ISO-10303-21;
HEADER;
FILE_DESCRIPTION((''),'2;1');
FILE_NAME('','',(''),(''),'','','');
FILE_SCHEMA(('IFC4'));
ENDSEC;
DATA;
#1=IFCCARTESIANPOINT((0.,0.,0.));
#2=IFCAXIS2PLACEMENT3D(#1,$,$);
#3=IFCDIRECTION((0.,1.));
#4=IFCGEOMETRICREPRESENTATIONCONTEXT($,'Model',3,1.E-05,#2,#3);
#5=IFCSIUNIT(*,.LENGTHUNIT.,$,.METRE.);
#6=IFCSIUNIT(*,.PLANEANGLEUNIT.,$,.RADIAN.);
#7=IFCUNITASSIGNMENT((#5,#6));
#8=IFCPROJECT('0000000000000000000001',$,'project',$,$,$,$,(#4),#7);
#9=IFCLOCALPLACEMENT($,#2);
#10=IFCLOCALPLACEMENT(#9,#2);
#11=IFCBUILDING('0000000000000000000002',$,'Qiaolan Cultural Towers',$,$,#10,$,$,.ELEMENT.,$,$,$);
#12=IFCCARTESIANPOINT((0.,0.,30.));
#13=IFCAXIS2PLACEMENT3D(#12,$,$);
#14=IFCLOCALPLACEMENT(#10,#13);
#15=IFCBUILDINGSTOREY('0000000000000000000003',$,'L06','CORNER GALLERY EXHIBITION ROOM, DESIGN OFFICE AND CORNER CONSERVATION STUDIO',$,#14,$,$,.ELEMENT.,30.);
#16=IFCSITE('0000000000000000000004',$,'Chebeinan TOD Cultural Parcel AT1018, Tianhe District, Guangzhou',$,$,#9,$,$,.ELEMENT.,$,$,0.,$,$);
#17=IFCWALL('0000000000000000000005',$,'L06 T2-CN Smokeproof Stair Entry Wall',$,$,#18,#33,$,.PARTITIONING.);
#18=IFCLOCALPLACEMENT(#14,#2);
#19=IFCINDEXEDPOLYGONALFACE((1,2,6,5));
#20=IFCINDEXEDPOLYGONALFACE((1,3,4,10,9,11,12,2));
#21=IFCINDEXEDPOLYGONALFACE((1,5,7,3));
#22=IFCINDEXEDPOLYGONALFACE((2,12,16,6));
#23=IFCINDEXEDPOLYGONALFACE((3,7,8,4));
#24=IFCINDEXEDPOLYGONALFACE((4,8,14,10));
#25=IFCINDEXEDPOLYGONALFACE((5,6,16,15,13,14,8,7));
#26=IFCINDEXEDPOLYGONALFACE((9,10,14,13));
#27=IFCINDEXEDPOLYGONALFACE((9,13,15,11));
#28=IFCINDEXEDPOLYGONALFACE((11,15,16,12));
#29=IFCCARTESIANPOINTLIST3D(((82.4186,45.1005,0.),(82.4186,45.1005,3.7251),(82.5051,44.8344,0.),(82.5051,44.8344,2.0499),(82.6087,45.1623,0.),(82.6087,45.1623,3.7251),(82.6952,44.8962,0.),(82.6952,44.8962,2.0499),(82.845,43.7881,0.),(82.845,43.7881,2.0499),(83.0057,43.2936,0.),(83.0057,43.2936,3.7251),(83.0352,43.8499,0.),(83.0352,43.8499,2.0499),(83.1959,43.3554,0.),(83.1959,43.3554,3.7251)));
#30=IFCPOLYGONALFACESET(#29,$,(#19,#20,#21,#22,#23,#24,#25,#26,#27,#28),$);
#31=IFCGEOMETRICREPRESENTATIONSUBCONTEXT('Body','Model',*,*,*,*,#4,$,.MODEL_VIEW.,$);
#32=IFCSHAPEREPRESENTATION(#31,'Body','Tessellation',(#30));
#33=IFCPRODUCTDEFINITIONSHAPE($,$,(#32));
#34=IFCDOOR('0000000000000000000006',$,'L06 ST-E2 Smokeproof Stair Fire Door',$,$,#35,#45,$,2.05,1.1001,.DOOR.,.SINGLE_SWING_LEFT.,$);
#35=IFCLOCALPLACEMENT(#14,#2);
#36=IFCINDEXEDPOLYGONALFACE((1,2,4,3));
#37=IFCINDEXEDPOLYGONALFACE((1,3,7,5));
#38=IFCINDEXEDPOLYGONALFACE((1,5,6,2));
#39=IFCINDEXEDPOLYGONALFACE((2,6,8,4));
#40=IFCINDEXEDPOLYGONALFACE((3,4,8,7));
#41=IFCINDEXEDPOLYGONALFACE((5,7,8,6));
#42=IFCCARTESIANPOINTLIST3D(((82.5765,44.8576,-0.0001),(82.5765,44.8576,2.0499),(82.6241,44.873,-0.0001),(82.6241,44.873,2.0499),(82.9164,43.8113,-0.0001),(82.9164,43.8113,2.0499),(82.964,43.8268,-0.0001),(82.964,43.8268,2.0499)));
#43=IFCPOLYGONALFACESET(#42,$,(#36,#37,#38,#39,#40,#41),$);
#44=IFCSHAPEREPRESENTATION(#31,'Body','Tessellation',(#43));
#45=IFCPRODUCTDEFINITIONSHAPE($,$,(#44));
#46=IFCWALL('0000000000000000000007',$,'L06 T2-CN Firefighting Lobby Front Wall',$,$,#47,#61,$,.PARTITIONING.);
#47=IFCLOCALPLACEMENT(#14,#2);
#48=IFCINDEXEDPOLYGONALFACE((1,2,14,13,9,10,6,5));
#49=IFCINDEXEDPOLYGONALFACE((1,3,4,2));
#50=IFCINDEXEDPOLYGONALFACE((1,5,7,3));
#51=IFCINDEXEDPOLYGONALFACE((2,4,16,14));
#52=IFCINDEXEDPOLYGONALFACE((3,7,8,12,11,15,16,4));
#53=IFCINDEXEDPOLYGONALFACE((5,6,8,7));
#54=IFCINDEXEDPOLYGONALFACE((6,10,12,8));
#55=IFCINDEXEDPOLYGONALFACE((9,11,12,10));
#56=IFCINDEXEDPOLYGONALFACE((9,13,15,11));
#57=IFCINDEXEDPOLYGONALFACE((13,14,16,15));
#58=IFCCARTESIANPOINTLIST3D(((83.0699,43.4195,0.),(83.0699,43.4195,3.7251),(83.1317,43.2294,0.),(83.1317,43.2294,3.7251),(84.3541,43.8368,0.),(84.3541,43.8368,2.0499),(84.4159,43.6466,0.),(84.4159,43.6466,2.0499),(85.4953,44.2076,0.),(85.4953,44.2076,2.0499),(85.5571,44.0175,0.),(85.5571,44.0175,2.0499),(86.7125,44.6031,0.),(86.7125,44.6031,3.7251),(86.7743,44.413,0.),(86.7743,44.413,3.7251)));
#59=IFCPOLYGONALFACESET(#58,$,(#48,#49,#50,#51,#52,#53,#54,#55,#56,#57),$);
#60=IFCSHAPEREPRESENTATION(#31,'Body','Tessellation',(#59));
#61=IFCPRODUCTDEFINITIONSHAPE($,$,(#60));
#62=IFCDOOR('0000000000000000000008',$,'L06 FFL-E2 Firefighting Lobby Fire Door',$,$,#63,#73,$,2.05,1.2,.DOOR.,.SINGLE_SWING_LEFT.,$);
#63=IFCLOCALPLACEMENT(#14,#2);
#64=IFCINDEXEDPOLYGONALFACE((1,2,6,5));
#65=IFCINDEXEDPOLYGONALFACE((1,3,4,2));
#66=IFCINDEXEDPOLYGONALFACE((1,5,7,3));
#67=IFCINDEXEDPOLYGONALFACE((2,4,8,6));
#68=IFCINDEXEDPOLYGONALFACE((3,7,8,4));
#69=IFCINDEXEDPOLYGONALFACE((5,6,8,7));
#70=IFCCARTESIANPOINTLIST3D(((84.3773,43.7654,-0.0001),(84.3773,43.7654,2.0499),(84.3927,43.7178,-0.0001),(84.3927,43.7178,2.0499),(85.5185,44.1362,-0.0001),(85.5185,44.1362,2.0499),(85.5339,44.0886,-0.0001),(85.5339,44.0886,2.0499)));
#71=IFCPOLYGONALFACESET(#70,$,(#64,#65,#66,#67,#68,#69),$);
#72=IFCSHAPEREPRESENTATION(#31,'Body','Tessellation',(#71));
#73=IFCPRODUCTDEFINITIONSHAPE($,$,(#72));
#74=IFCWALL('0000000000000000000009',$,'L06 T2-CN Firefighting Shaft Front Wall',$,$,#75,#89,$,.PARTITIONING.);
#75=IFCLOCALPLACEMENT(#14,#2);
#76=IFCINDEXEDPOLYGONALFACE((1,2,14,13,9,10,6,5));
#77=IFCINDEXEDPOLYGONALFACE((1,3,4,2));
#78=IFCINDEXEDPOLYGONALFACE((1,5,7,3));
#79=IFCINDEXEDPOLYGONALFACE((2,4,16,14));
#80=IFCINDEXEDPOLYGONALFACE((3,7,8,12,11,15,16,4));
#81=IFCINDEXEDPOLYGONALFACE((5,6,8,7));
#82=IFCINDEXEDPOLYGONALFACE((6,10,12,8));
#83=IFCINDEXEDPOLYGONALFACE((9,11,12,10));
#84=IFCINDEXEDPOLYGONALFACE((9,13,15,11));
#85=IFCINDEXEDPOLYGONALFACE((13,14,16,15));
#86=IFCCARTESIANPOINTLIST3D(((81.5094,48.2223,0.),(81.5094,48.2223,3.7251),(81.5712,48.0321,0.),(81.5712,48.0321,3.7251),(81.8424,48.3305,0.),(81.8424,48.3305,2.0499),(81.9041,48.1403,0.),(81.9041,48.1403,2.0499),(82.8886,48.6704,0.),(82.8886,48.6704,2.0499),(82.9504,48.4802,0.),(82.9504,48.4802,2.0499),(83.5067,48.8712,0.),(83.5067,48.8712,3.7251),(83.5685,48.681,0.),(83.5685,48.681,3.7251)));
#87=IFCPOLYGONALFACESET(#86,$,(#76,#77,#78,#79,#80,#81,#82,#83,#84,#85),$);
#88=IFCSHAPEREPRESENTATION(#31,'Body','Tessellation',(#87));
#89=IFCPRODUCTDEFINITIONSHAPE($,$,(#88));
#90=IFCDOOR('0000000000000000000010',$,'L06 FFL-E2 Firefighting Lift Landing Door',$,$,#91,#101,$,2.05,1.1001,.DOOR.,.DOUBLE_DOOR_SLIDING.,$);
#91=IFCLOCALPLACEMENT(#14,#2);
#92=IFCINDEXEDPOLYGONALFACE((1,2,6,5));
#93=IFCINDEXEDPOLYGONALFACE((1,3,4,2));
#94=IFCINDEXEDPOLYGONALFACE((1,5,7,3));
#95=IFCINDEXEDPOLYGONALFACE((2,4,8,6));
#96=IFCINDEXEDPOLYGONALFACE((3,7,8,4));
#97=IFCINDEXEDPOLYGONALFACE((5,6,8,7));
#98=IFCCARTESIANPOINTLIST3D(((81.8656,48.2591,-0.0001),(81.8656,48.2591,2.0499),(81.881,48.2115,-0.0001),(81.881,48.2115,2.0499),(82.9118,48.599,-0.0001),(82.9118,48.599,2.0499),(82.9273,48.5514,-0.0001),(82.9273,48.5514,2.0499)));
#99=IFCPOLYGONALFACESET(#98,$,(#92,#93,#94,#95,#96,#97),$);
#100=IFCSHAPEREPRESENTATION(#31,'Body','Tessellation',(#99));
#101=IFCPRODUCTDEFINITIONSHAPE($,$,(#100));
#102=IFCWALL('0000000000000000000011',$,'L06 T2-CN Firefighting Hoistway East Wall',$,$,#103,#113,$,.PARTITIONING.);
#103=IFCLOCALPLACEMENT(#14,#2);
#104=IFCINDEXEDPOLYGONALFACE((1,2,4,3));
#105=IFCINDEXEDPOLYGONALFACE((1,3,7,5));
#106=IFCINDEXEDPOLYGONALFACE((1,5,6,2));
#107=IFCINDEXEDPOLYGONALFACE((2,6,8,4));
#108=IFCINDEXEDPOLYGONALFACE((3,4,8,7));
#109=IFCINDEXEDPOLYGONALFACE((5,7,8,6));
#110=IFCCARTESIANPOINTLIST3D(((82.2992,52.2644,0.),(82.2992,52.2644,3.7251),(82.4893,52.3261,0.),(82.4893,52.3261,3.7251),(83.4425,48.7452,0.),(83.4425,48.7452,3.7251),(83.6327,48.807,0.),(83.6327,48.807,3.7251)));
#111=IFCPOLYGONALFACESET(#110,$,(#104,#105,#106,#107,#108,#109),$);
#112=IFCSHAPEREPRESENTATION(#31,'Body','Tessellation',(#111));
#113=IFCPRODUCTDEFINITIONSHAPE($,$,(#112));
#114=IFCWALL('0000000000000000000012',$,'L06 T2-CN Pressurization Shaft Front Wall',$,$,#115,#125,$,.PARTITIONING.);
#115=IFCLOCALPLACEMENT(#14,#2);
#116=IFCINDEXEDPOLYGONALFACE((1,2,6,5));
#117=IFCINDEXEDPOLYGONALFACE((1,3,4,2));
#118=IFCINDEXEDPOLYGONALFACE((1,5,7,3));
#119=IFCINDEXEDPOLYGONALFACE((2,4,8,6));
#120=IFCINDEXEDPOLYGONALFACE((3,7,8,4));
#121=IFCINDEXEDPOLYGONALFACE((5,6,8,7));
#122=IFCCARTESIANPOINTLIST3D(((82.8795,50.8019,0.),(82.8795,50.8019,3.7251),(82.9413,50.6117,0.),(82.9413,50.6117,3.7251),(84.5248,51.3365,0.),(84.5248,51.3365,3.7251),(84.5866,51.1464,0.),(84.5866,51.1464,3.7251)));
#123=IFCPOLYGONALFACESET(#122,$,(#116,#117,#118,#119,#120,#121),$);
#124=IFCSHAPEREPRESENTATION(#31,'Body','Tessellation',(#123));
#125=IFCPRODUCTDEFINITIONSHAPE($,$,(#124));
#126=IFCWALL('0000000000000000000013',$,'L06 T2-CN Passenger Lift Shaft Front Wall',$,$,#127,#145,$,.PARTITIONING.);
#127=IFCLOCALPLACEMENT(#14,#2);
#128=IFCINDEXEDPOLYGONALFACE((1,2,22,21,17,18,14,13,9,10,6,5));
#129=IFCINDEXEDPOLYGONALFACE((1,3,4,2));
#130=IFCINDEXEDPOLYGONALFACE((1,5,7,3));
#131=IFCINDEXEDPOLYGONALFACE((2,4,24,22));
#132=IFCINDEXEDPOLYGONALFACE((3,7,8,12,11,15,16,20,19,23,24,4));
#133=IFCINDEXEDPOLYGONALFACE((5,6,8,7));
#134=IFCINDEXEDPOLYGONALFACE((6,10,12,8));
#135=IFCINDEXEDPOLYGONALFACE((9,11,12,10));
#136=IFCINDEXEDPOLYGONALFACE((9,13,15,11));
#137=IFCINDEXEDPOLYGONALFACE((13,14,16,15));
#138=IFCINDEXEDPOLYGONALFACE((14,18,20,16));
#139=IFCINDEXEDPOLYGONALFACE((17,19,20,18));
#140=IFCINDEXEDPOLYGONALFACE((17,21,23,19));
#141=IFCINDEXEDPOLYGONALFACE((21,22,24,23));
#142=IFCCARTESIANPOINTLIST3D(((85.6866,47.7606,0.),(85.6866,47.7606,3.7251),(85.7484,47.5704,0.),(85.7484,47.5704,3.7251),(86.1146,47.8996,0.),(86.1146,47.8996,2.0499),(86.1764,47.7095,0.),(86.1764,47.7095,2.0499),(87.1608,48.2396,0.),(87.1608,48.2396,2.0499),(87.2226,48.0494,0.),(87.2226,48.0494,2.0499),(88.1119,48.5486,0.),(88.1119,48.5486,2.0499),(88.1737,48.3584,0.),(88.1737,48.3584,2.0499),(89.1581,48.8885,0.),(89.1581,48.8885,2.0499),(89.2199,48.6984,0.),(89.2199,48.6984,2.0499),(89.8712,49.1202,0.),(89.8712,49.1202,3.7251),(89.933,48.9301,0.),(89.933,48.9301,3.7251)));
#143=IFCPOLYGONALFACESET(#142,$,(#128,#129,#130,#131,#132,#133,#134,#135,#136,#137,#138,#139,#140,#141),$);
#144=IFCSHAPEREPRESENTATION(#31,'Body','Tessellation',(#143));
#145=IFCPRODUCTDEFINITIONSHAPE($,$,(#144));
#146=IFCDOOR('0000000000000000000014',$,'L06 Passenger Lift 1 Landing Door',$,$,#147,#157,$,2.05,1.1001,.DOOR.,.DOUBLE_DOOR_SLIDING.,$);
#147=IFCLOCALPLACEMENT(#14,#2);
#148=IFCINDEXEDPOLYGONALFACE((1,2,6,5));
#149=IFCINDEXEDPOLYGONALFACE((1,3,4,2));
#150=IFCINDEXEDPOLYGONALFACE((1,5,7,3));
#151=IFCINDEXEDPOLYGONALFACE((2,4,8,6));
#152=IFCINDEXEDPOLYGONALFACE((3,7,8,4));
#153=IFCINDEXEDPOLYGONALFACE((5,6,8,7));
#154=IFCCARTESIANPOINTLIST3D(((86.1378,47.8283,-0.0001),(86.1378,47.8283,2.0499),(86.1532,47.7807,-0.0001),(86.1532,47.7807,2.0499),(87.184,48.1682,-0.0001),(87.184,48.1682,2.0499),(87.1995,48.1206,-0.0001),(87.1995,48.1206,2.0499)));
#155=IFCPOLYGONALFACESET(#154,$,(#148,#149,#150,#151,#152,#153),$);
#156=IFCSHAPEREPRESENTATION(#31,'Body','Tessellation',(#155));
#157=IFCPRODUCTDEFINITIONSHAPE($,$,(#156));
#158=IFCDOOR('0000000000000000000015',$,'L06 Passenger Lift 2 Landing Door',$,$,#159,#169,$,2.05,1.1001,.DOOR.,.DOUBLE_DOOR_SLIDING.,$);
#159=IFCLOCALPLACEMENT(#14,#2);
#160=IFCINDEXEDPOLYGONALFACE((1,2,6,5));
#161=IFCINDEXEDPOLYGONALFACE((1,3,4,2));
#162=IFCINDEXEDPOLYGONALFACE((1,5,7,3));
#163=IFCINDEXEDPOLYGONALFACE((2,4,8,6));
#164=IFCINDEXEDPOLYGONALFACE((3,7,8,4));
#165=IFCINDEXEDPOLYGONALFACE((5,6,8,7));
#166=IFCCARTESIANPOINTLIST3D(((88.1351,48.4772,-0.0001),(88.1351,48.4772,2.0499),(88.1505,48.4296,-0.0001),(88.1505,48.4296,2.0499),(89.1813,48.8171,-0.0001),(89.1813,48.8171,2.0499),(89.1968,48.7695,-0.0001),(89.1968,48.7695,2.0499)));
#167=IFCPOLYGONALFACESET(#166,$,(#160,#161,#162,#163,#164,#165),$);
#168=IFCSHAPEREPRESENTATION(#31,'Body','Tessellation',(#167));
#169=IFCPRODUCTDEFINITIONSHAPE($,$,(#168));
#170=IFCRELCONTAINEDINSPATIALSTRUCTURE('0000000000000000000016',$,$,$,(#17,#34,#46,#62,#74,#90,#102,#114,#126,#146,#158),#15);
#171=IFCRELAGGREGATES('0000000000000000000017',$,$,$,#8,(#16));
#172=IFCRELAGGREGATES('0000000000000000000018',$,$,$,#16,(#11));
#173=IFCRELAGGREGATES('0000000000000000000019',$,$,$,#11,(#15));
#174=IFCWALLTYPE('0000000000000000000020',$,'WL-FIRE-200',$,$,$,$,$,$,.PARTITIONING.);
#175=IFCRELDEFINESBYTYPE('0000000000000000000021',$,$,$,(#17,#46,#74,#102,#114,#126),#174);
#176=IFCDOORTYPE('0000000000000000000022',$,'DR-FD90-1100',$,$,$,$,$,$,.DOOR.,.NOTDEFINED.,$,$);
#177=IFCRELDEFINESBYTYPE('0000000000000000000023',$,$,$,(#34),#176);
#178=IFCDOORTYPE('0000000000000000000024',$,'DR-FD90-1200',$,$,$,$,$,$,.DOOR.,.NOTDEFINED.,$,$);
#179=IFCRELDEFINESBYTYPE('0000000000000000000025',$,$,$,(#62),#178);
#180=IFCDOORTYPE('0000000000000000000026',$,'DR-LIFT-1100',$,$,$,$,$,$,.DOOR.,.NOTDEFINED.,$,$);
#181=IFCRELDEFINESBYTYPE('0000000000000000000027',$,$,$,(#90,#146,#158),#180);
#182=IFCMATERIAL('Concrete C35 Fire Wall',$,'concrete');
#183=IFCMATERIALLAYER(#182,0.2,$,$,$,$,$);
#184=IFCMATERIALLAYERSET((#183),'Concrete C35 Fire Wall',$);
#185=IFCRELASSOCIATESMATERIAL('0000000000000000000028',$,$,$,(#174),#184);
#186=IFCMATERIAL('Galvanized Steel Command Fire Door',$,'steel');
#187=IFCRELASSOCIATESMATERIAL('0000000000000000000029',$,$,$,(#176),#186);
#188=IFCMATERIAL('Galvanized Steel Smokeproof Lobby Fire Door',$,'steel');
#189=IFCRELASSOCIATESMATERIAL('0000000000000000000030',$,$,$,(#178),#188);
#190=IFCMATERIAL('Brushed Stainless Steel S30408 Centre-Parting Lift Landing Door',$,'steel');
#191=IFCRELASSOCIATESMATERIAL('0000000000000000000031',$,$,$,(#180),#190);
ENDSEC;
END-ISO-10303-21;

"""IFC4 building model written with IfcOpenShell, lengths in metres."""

from ifc_helpers import new_model, si_unit, direction, frame, frame_2d, origin, place, context, subcontext, project, spatial, rectangle, extrude, material, layer, layer_set, type_object, element, fill, save


model = new_model("IFC4")

# Units and contexts
model_context = context("Model", 3, precision=1e-05, world=origin(), true_north=direction((0.0, 1.0)))
body_context = subcontext(model_context, "Body", "Model", "MODEL_VIEW")
ifc_project = project(units=[si_unit("LENGTHUNIT", "METRE"), si_unit("PLANEANGLEUNIT", "RADIAN")], contexts=[model_context])

# Site, building, storey
site_placement = place(None, origin())
site = spatial("IfcSite", under=ifc_project, at=site_placement, Name="Chebeinan TOD Cultural Parcel AT1018, Tianhe District, Guangzhou", CompositionType="ELEMENT", RefElevation=0.0)
building_placement = place(site_placement, origin())
building = spatial("IfcBuilding", under=site, at=building_placement, Name="Qiaolan Cultural Towers", CompositionType="ELEMENT")
storey_placement = place(building_placement, frame((0.0, 0.0, 30.0)))
storey = spatial("IfcBuildingStorey", under=building, at=storey_placement, Name="L06", Description="CORNER GALLERY EXHIBITION ROOM, DESIGN OFFICE AND CORNER CONSERVATION STUDIO", CompositionType="ELEMENT", Elevation=30.0)

# Walls, openings, doors
ifc_material_1 = material(Name="Concrete C35 Fire Wall", Category="concrete")
ifc_layer_1 = layer(ifc_material_1, 0.2)
ifc_layer_set_1 = layer_set([ifc_layer_1], Name="Concrete C35 Fire Wall")
wall_type_1 = type_object("IfcWallType", Name="WL-FIRE-200", PredefinedType="PARTITIONING", material=ifc_layer_set_1)
wall_1_placement = place(storey_placement, frame((83.1008, 43.3245, 0.0), z_axis=(0.0, 0.0, 1.0), x_axis=(-0.309048, 0.951046, 0.0)))
wall_1 = element("IfcWall", 1, at=wall_1_placement, inside=storey, type_object=wall_type_1, Name="L06 T2-CN Smokeproof Stair Entry Wall", PredefinedType="PARTITIONING", context=body_context, shape_type="SweptSolid", body=[
    extrude(rectangle(XDim=1.8999, YDim=0.2, at=frame_2d((0.95, 0.0))), origin(), (0.0, 0.0, 1.0), 3.7251),
])
opening_1_placement = place(wall_1_placement, frame((0.52, 0.0, 0.0)))
opening_1 = element("IfcOpeningElement", 2, at=opening_1_placement, cuts=wall_1, PredefinedType="OPENING", context=body_context, shape_type="SweptSolid", body=[
    extrude(rectangle(XDim=1.1001, YDim=2.05, at=frame_2d((0.55, 1.0249))), frame((0.0, 0.1099, 0.0), z_axis=(0.0, -1.0, 0.0), x_axis=(1.0, 0.0, 0.0)), (0.0, 0.0, 1.0), 0.22),
])
ifc_material_2 = material(Name="Galvanized Steel Command Fire Door", Category="steel")
door_type_1 = type_object("IfcDoorType", Name="DR-FD90-1100", OperationType="NOTDEFINED", PredefinedType="DOOR", material=ifc_material_2)
door_1_placement = place(opening_1_placement, origin())
door_1 = element("IfcDoor", 3, at=door_1_placement, inside=storey, type_object=door_type_1, Name="L06 ST-E2 Smokeproof Stair Fire Door", OperationType="SINGLE_SWING_LEFT", OverallHeight=2.05, OverallWidth=1.1001, PredefinedType="DOOR", context=body_context, shape_type="SweptSolid", body=[
    extrude(rectangle(XDim=1.1001, YDim=2.05, at=frame_2d((0.55, 1.0249))), frame((0.0, 0.0249, 0.0), z_axis=(0.0, -1.0, 0.0), x_axis=(1.0, 0.0, 0.0)), (0.0, 0.0, 1.0), 0.05),
])
fill(opening_1, door_1)
wall_2_placement = place(storey_placement, frame((83.1008, 43.3245, 0.0), z_axis=(0.0, 0.0, 1.0), x_axis=(0.951053, 0.309028, 0.0)))
wall_2 = element("IfcWall", 4, at=wall_2_placement, inside=storey, type_object=wall_type_1, Name="L06 T2-CN Firefighting Lobby Front Wall", PredefinedType="PARTITIONING", context=body_context, shape_type="SweptSolid", body=[
    extrude(rectangle(XDim=3.8301, YDim=0.2, at=frame_2d((1.915, 0.0))), origin(), (0.0, 0.0, 1.0), 3.7251),
])
opening_2_placement = place(wall_2_placement, frame((1.3501, 0.0, 0.0)))
opening_2 = element("IfcOpeningElement", 5, at=opening_2_placement, cuts=wall_2, PredefinedType="OPENING", context=body_context, shape_type="SweptSolid", body=[
    extrude(rectangle(XDim=1.2, YDim=2.05, at=frame_2d((0.6001, 1.0249))), frame((0.0, 0.1099, 0.0), z_axis=(0.0, -1.0, 0.0), x_axis=(1.0, 0.0, 0.0)), (0.0, 0.0, 1.0), 0.22),
])
ifc_material_3 = material(Name="Galvanized Steel Smokeproof Lobby Fire Door", Category="steel")
door_type_2 = type_object("IfcDoorType", Name="DR-FD90-1200", OperationType="NOTDEFINED", PredefinedType="DOOR", material=ifc_material_3)
door_2_placement = place(opening_2_placement, origin())
door_2 = element("IfcDoor", 6, at=door_2_placement, inside=storey, type_object=door_type_2, Name="L06 FFL-E2 Firefighting Lobby Fire Door", OperationType="SINGLE_SWING_LEFT", OverallHeight=2.05, OverallWidth=1.2, PredefinedType="DOOR", context=body_context, shape_type="SweptSolid", body=[
    extrude(rectangle(XDim=1.2, YDim=2.05, at=frame_2d((0.6001, 1.0249))), frame((0.0, 0.0249, 0.0), z_axis=(0.0, -1.0, 0.0), x_axis=(1.0, 0.0, 0.0)), (0.0, 0.0, 1.0), 0.05),
])
fill(opening_2, door_2)
wall_3_placement = place(storey_placement, frame((81.5403, 48.1272, 0.0), z_axis=(0.0, 0.0, 1.0), x_axis=(0.951062, 0.308999, 0.0)))
wall_3 = element("IfcWall", 7, at=wall_3_placement, inside=storey, type_object=wall_type_1, Name="L06 T2-CN Firefighting Shaft Front Wall", PredefinedType="PARTITIONING", context=body_context, shape_type="SweptSolid", body=[
    extrude(rectangle(XDim=2.1001, YDim=0.2, at=frame_2d((1.05, 0.0))), origin(), (0.0, 0.0, 1.0), 3.7251),
])
opening_3_placement = place(wall_3_placement, frame((0.3501, 0.0, 0.0)))
opening_3 = element("IfcOpeningElement", 8, at=opening_3_placement, cuts=wall_3, PredefinedType="OPENING", context=body_context, shape_type="SweptSolid", body=[
    extrude(rectangle(XDim=1.1001, YDim=2.05, at=frame_2d((0.55, 1.0249))), frame((0.0, 0.1099, 0.0), z_axis=(0.0, -1.0, 0.0), x_axis=(1.0, 0.0, 0.0)), (0.0, 0.0, 1.0), 0.22),
])
ifc_material_4 = material(Name="Brushed Stainless Steel S30408 Centre-Parting Lift Landing Door", Category="steel")
door_type_3 = type_object("IfcDoorType", Name="DR-LIFT-1100", OperationType="NOTDEFINED", PredefinedType="DOOR", material=ifc_material_4)
door_3_placement = place(opening_3_placement, origin())
door_3 = element("IfcDoor", 9, at=door_3_placement, inside=storey, type_object=door_type_3, Name="L06 FFL-E2 Firefighting Lift Landing Door", OperationType="DOUBLE_DOOR_SLIDING", OverallHeight=2.05, OverallWidth=1.1001, PredefinedType="DOOR", context=body_context, shape_type="SweptSolid", body=[
    extrude(rectangle(XDim=1.1001, YDim=2.05, at=frame_2d((0.55, 1.0249))), frame((0.0, 0.0249, 0.0), z_axis=(0.0, -1.0, 0.0), x_axis=(1.0, 0.0, 0.0)), (0.0, 0.0, 1.0), 0.05),
])
fill(opening_3, door_3)

# Walls
wall_4_placement = place(storey_placement, frame((83.5376, 48.7761, 0.0), z_axis=(0.0, 0.0, 1.0), x_axis=(-0.308994, 0.951064, 0.0)))
element("IfcWall", 10, at=wall_4_placement, inside=storey, type_object=wall_type_1, Name="L06 T2-CN Firefighting Hoistway East Wall", PredefinedType="PARTITIONING", context=body_context, shape_type="SweptSolid", body=[
    extrude(rectangle(XDim=3.7002, YDim=0.2, at=frame_2d((1.8501, 0.0))), origin(), (0.0, 0.0, 1.0), 3.7251),
])
wall_5_placement = place(storey_placement, frame((82.9104, 50.7068, 0.0), z_axis=(0.0, 0.0, 1.0), x_axis=(0.951041, 0.309064, 0.0)))
element("IfcWall", 11, at=wall_5_placement, inside=storey, type_object=wall_type_1, Name="L06 T2-CN Pressurization Shaft Front Wall", PredefinedType="PARTITIONING", context=body_context, shape_type="SweptSolid", body=[
    extrude(rectangle(XDim=1.73, YDim=0.2, at=frame_2d((0.865, 0.0))), origin(), (0.0, 0.0, 1.0), 3.7251),
])

# Wall, openings, doors
wall_6_placement = place(storey_placement, frame((85.7175, 47.6655, 0.0), z_axis=(0.0, 0.0, 1.0), x_axis=(0.951059, 0.309011, 0.0)))
wall_6 = element("IfcWall", 12, at=wall_6_placement, inside=storey, type_object=wall_type_1, Name="L06 T2-CN Passenger Lift Shaft Front Wall", PredefinedType="PARTITIONING", context=body_context, shape_type="SweptSolid", body=[
    extrude(rectangle(XDim=4.3999, YDim=0.2, at=frame_2d((2.2, 0.0))), origin(), (0.0, 0.0, 1.0), 3.7251),
])
opening_4_placement = place(wall_6_placement, frame((0.45, 0.0, 0.0)))
opening_4 = element("IfcOpeningElement", 13, at=opening_4_placement, cuts=wall_6, PredefinedType="OPENING", context=body_context, shape_type="SweptSolid", body=[
    extrude(rectangle(XDim=1.1001, YDim=2.05, at=frame_2d((0.55, 1.0249))), frame((0.0, 0.1099, 0.0), z_axis=(0.0, -1.0, 0.0), x_axis=(1.0, 0.0, 0.0)), (0.0, 0.0, 1.0), 0.22),
])
opening_5_placement = place(wall_6_placement, frame((2.55, 0.0, 0.0)))
opening_5 = element("IfcOpeningElement", 14, at=opening_5_placement, cuts=wall_6, PredefinedType="OPENING", context=body_context, shape_type="SweptSolid", body=[
    extrude(rectangle(XDim=1.1001, YDim=2.05, at=frame_2d((0.55, 1.0249))), frame((0.0, 0.1099, 0.0), z_axis=(0.0, -1.0, 0.0), x_axis=(1.0, 0.0, 0.0)), (0.0, 0.0, 1.0), 0.22),
])
door_4_placement = place(opening_4_placement, origin())
door_4 = element("IfcDoor", 15, at=door_4_placement, inside=storey, type_object=door_type_3, Name="L06 Passenger Lift 1 Landing Door", OperationType="DOUBLE_DOOR_SLIDING", OverallHeight=2.05, OverallWidth=1.1001, PredefinedType="DOOR", context=body_context, shape_type="SweptSolid", body=[
    extrude(rectangle(XDim=1.1001, YDim=2.05, at=frame_2d((0.55, 1.0249))), frame((0.0, 0.0249, 0.0), z_axis=(0.0, -1.0, 0.0), x_axis=(1.0, 0.0, 0.0)), (0.0, 0.0, 1.0), 0.05),
])
fill(opening_4, door_4)
door_5_placement = place(opening_5_placement, origin())
door_5 = element("IfcDoor", 16, at=door_5_placement, inside=storey, type_object=door_type_3, Name="L06 Passenger Lift 2 Landing Door", OperationType="DOUBLE_DOOR_SLIDING", OverallHeight=2.05, OverallWidth=1.1001, PredefinedType="DOOR", context=body_context, shape_type="SweptSolid", body=[
    extrude(rectangle(XDim=1.1001, YDim=2.05, at=frame_2d((0.55, 1.0249))), frame((0.0, 0.0249, 0.0), z_axis=(0.0, -1.0, 0.0), x_axis=(1.0, 0.0, 0.0)), (0.0, 0.0, 1.0), 0.05),
])
fill(opening_5, door_5)

save(model, "model.ifc")
